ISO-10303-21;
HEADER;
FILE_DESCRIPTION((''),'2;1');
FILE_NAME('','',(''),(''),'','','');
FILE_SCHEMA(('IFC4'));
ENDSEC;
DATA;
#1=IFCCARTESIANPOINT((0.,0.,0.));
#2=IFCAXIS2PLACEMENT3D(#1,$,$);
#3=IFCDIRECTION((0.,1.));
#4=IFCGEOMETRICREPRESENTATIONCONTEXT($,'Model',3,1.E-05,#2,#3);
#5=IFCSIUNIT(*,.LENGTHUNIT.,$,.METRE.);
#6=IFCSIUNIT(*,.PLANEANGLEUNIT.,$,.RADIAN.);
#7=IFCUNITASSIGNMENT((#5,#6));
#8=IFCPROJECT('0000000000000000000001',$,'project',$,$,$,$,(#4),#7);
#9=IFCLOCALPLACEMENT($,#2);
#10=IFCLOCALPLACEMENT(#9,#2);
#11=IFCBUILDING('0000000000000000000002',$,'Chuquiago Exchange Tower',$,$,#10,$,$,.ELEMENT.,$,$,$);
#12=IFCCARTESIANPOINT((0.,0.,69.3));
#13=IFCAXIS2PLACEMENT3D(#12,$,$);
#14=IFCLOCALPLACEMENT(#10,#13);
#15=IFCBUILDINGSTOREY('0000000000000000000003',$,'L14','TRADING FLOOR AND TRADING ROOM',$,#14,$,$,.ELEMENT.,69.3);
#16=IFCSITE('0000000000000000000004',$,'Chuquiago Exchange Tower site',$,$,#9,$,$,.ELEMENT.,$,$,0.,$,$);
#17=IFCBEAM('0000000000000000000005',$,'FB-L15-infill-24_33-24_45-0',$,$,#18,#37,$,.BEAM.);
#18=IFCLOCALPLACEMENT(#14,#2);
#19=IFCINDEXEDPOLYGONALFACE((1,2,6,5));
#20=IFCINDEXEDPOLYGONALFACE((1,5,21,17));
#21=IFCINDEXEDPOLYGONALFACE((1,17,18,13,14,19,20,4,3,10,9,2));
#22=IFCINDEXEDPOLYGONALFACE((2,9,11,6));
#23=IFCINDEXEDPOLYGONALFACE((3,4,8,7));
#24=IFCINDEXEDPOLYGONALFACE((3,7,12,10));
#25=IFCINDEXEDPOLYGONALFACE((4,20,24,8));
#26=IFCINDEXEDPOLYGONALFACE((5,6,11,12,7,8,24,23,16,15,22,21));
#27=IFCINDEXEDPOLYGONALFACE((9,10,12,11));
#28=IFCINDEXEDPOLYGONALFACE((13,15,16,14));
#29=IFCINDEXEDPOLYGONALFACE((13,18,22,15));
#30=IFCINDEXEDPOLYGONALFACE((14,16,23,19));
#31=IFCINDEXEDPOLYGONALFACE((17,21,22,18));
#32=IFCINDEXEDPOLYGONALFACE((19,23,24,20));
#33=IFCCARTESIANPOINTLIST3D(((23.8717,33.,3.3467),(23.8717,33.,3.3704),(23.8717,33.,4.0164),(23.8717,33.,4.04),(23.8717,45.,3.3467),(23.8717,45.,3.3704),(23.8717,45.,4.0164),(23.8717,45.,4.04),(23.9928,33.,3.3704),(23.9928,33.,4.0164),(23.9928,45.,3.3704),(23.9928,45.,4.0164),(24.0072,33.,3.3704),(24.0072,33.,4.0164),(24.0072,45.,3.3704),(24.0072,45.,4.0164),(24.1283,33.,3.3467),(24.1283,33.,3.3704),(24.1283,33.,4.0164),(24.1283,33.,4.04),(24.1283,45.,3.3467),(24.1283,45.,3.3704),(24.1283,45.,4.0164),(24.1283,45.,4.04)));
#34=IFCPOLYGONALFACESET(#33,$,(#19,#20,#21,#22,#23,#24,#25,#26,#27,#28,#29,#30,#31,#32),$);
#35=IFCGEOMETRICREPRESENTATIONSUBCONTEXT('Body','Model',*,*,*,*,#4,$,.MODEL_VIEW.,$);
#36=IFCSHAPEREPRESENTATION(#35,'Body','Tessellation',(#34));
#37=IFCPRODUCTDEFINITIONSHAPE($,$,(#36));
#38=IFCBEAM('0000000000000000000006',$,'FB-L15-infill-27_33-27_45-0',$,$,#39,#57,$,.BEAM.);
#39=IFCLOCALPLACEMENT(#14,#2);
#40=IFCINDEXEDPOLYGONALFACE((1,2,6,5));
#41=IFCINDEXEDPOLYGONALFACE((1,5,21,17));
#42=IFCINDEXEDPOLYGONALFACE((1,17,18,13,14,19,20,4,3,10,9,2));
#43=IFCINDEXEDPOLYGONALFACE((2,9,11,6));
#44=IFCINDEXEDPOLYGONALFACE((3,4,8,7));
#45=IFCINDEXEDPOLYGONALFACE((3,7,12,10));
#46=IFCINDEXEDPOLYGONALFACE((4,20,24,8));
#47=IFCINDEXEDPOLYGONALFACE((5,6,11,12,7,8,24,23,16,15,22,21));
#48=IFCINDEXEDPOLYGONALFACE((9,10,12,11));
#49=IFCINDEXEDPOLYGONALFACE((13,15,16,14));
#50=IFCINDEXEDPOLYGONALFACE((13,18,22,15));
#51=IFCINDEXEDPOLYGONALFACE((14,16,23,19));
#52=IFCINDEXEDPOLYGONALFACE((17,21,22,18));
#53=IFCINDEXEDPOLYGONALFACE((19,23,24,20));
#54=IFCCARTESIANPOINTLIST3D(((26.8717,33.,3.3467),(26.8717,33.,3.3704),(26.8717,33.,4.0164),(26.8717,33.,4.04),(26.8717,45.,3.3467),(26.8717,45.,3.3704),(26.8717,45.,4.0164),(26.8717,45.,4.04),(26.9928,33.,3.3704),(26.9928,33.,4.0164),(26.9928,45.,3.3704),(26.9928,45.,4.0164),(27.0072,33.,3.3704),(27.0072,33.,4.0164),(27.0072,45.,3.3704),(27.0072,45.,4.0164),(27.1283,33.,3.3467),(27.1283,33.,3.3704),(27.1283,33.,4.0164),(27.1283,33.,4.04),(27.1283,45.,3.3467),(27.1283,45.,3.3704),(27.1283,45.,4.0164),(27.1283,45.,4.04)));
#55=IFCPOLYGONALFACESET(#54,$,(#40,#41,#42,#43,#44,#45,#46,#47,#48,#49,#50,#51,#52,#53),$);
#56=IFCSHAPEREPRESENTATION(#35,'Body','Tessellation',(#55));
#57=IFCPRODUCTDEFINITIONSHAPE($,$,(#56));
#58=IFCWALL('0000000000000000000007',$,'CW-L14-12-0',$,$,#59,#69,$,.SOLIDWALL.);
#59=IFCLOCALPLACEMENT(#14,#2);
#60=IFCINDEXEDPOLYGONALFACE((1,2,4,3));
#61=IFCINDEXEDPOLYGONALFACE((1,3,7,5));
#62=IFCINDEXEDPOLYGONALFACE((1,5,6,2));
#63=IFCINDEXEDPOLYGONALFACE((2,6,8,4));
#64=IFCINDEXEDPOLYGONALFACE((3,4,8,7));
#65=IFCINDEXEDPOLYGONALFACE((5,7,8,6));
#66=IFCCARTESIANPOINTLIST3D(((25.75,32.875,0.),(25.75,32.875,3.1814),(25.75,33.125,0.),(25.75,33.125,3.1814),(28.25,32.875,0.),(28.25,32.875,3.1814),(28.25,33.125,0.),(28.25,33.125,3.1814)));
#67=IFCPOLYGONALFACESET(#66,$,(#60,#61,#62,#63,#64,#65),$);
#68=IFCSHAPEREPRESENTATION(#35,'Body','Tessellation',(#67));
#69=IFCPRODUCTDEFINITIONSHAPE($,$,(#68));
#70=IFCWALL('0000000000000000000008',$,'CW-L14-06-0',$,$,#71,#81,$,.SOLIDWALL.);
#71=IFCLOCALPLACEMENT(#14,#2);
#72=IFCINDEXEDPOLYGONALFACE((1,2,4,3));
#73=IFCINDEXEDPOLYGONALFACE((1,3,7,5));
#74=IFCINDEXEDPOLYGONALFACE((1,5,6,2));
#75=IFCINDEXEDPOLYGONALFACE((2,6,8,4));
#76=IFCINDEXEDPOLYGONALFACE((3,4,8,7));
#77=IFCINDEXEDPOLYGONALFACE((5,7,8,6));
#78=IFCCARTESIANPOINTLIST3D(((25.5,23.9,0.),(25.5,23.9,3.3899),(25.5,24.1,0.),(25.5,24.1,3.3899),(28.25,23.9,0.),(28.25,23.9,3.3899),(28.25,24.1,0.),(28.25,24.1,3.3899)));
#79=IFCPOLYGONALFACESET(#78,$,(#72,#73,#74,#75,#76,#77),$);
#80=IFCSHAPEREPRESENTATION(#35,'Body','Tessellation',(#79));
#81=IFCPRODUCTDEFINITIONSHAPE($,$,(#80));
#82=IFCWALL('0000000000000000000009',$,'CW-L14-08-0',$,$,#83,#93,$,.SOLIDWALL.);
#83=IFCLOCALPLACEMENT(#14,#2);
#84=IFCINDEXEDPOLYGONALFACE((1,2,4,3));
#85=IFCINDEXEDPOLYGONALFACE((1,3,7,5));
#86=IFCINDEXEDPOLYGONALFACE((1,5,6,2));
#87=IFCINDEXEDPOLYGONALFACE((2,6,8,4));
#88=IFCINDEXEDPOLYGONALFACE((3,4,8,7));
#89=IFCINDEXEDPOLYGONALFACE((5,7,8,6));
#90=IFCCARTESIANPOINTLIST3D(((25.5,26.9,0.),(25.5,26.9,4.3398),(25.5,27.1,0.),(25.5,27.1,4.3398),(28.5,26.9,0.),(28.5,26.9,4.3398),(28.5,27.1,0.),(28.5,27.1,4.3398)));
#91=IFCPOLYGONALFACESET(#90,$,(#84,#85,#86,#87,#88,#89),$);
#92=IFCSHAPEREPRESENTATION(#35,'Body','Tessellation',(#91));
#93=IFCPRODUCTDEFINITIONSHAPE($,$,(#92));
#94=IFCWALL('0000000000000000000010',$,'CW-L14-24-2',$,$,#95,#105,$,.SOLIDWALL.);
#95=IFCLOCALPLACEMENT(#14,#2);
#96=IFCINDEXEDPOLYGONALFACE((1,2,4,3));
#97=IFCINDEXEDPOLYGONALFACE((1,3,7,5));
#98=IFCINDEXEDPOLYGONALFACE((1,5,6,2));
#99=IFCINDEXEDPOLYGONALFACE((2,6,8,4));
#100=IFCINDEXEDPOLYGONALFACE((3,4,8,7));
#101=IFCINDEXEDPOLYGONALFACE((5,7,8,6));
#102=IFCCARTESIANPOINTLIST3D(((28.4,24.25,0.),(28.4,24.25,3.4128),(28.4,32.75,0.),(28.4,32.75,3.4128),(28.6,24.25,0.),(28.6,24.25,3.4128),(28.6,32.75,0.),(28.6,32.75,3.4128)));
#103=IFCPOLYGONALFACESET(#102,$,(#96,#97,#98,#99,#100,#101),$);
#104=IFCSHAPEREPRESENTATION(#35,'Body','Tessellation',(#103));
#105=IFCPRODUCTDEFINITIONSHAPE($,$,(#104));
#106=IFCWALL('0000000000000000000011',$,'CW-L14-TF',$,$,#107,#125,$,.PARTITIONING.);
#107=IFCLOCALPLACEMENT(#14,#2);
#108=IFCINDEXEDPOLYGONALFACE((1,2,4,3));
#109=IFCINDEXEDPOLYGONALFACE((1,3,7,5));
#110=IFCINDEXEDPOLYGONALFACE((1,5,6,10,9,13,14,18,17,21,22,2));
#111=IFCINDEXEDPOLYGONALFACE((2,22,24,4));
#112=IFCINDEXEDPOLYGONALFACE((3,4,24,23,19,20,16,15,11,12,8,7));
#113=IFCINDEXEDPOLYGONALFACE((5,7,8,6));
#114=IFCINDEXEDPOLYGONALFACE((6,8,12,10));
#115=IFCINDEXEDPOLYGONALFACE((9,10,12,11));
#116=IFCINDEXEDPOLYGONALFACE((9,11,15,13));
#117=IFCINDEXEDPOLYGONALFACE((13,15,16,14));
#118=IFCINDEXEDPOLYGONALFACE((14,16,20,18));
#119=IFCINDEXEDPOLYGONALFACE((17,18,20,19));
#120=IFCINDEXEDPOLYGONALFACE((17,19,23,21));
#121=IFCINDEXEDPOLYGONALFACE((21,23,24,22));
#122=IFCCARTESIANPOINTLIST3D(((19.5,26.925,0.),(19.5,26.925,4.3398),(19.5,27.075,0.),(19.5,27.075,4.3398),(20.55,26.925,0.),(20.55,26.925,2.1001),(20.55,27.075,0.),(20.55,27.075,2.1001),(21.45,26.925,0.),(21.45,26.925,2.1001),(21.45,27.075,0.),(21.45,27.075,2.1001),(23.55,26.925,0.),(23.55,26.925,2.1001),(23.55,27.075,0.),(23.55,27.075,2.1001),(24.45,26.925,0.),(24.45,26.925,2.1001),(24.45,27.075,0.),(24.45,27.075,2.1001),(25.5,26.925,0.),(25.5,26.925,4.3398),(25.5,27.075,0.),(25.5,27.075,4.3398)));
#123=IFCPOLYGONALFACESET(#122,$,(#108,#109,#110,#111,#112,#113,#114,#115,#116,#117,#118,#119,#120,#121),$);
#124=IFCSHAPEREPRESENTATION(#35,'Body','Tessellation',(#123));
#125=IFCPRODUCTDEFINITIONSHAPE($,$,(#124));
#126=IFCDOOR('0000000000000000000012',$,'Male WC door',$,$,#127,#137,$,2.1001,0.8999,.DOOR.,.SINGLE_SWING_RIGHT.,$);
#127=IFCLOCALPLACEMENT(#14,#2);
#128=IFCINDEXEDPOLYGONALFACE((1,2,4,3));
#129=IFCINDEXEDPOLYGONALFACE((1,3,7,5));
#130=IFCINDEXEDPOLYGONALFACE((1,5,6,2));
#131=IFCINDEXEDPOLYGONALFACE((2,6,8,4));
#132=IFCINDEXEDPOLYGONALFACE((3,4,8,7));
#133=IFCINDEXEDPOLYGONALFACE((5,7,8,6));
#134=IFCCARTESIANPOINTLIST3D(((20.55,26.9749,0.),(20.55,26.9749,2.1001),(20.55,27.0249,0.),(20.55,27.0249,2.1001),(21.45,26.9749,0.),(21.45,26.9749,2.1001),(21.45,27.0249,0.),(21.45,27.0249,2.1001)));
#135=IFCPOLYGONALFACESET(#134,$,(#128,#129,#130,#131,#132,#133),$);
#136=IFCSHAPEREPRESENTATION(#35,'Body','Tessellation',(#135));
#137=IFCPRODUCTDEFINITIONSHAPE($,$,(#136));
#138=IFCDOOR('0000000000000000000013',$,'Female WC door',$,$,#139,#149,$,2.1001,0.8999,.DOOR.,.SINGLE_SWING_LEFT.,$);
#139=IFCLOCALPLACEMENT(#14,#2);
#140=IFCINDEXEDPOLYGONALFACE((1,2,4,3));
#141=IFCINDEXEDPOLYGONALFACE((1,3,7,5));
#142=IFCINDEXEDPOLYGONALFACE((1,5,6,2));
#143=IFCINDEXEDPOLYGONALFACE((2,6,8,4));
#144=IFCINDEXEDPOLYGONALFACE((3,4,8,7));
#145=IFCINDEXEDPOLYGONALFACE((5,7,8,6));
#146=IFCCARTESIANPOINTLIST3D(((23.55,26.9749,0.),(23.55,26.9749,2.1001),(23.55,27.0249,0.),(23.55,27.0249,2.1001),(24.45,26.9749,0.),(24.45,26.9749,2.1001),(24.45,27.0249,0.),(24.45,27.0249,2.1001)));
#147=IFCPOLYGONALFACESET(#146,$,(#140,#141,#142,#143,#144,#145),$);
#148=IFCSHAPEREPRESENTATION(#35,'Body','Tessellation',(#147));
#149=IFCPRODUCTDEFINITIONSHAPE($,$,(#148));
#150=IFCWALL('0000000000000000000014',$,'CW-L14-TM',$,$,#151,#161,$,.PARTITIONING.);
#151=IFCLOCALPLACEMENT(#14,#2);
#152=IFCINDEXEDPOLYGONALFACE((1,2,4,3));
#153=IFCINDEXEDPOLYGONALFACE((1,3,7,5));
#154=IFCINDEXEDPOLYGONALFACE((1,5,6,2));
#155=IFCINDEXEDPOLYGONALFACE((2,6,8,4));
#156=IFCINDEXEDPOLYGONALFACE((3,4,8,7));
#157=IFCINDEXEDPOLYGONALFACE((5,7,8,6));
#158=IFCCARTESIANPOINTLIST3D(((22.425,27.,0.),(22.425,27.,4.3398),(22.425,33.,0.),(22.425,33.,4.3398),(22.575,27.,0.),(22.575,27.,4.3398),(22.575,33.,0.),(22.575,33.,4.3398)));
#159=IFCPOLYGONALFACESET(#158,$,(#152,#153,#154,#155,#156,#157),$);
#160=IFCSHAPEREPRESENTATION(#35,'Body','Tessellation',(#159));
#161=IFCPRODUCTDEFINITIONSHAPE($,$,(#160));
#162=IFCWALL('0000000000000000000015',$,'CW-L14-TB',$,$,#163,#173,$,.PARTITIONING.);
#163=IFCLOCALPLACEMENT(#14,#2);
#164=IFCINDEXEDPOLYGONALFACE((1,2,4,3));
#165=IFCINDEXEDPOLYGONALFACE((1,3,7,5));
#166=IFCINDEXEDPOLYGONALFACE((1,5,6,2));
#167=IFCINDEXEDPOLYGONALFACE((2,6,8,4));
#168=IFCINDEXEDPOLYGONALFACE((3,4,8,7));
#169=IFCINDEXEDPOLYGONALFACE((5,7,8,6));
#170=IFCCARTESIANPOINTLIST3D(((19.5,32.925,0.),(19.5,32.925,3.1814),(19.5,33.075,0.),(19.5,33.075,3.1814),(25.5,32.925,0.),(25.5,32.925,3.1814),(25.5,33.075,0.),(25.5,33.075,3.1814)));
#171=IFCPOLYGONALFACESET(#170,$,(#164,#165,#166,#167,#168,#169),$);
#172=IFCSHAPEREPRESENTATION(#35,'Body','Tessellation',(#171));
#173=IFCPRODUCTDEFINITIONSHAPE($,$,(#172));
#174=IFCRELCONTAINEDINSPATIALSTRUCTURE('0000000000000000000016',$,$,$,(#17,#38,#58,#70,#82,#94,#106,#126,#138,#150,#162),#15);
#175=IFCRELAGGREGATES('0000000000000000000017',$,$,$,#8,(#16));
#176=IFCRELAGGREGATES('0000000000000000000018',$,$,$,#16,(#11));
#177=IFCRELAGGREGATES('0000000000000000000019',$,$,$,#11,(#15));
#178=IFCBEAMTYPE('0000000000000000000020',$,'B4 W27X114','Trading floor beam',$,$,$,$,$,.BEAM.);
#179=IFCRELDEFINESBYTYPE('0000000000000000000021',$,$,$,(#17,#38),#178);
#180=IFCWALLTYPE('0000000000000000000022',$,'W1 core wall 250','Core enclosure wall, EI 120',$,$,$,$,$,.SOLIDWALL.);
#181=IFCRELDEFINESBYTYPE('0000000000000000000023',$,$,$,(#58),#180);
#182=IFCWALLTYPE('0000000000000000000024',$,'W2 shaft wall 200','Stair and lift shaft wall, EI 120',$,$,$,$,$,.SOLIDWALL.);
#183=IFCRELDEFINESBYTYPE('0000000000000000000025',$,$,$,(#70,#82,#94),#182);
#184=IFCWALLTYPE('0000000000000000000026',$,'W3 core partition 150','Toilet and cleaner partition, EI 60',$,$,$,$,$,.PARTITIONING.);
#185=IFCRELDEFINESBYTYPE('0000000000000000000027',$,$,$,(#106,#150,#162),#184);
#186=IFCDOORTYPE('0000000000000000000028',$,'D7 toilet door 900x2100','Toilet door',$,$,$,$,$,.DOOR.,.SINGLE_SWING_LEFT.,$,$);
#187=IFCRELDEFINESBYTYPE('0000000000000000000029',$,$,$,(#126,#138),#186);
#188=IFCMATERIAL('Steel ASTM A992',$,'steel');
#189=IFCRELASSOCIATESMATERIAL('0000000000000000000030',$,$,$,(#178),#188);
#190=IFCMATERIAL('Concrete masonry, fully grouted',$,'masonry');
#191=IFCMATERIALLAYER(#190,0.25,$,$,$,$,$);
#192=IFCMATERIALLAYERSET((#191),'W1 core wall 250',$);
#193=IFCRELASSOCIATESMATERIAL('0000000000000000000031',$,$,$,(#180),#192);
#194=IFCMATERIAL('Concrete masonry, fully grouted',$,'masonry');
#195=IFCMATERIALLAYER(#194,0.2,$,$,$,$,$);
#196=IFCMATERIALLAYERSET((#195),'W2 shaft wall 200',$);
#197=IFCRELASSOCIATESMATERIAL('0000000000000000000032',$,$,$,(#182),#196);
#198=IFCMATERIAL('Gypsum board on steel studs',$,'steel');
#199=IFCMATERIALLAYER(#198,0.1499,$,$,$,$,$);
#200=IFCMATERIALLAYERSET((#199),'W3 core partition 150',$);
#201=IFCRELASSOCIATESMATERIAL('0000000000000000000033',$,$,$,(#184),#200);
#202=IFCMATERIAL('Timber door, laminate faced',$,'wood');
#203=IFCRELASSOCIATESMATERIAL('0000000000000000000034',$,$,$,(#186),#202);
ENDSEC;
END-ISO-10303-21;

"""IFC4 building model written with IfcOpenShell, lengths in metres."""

from ifc_helpers import new_model, si_unit, direction, frame, frame_2d, origin, origin_2d, place, context, subcontext, project, spatial, rectangle, i_section, extrude, material, layer, layer_set, material_profile, profile_set, type_object, element, fill, save


model = new_model("IFC4")

# Units and contexts
model_context = context("Model", 3, precision=1e-05, world=origin(), true_north=direction((0.0, 1.0)))
body_context = subcontext(model_context, "Body", "Model", "MODEL_VIEW")
ifc_project = project(units=[si_unit("LENGTHUNIT", "METRE"), si_unit("PLANEANGLEUNIT", "RADIAN")], contexts=[model_context])

# Site, building, storey
site_placement = place(None, origin())
site = spatial("IfcSite", under=ifc_project, at=site_placement, Name="Chuquiago Exchange Tower site", CompositionType="ELEMENT", RefElevation=0.0)
building_placement = place(site_placement, origin())
building = spatial("IfcBuilding", under=site, at=building_placement, Name="Chuquiago Exchange Tower", CompositionType="ELEMENT")
storey_placement = place(building_placement, frame((0.0, 0.0, 69.3)))
storey = spatial("IfcBuildingStorey", under=building, at=storey_placement, Name="L14", Description="TRADING FLOOR AND TRADING ROOM", CompositionType="ELEMENT", Elevation=69.3)

# Beams
ifc_material_1 = material(Name="Steel ASTM A992", Category="steel")
ifc_material_profile_1 = material_profile(ifc_material_1, i_section(OverallWidth=0.2566, OverallDepth=0.6934, WebThickness=0.0144, FlangeThickness=0.0237, at=origin_2d()), Name="W27X114")
ifc_profile_set_1 = profile_set([ifc_material_profile_1], Name="Steel ASTM A992")
beam_type_1 = type_object("IfcBeamType", Name="B4 W27X114", Description="Trading floor beam", PredefinedType="BEAM", material=ifc_profile_set_1)
for number, where, z_axis, x_axis, name in (
    (1, (24.0, 33.0, 3.6934), (0.0, 1.0, 0.0), (-1.0, 0.0, 0.0), "FB-L15-infill-24_33-24_45-0"),
    (2, (27.0, 33.0, 3.6934), (0.0, 1.0, 0.0), (-1.0, 0.0, 0.0), "FB-L15-infill-27_33-27_45-0"),
):
    element("IfcBeam", number, at=place(storey_placement, frame(where, z_axis=z_axis, x_axis=x_axis)), inside=storey, type_object=beam_type_1, Name=name, PredefinedType="BEAM", context=body_context, shape_type="SweptSolid", body=[
        extrude(i_section(OverallWidth=0.2566, OverallDepth=0.6934, WebThickness=0.0144, FlangeThickness=0.0237, at=origin_2d()), origin(), (0.0, 0.0, 1.0), 12.0),
    ])

# Walls
ifc_material_2 = material(Name="Concrete masonry, fully grouted", Category="masonry")
ifc_layer_1 = layer(ifc_material_2, 0.25)
ifc_layer_set_1 = layer_set([ifc_layer_1], Name="W1 core wall 250")
wall_type_1 = type_object("IfcWallType", Name="W1 core wall 250", Description="Core enclosure wall, EI 120", PredefinedType="SOLIDWALL", material=ifc_layer_set_1)
wall_1_placement = place(storey_placement, frame((25.75, 33.0, 0.0), z_axis=(0.0, 0.0, 1.0), x_axis=(1.0, 0.0, 0.0)))
element("IfcWall", 3, at=wall_1_placement, inside=storey, type_object=wall_type_1, Name="CW-L14-12-0", PredefinedType="SOLIDWALL", context=body_context, shape_type="SweptSolid", body=[
    extrude(rectangle(XDim=2.5, YDim=0.25, at=frame_2d((1.25, 0.0))), origin(), (0.0, 0.0, 1.0), 3.1814),
])
ifc_material_3 = material(Name="Concrete masonry, fully grouted", Category="masonry")
ifc_layer_2 = layer(ifc_material_3, 0.2)
ifc_layer_set_2 = layer_set([ifc_layer_2], Name="W2 shaft wall 200")
wall_type_2 = type_object("IfcWallType", Name="W2 shaft wall 200", Description="Stair and lift shaft wall, EI 120", PredefinedType="SOLIDWALL", material=ifc_layer_set_2)
wall_2_placement = place(storey_placement, frame((25.5, 24.0, 0.0), z_axis=(0.0, 0.0, 1.0), x_axis=(1.0, 0.0, 0.0)))
element("IfcWall", 4, at=wall_2_placement, inside=storey, type_object=wall_type_2, Name="CW-L14-06-0", PredefinedType="SOLIDWALL", context=body_context, shape_type="SweptSolid", body=[
    extrude(rectangle(XDim=2.75, YDim=0.2, at=frame_2d((1.375, 0.0))), origin(), (0.0, 0.0, 1.0), 3.3899),
])
wall_3_placement = place(storey_placement, frame((25.5, 27.0, 0.0), z_axis=(0.0, 0.0, 1.0), x_axis=(1.0, 0.0, 0.0)))
element("IfcWall", 5, at=wall_3_placement, inside=storey, type_object=wall_type_2, Name="CW-L14-08-0", PredefinedType="SOLIDWALL", context=body_context, shape_type="SweptSolid", body=[
    extrude(rectangle(XDim=3.0, YDim=0.2, at=frame_2d((1.5, 0.0))), origin(), (0.0, 0.0, 1.0), 4.3398),
])
wall_4_placement = place(storey_placement, frame((28.5, 24.25, 0.0), z_axis=(0.0, 0.0, 1.0), x_axis=(0.0, 1.0, 0.0)))
element("IfcWall", 6, at=wall_4_placement, inside=storey, type_object=wall_type_2, Name="CW-L14-24-2", PredefinedType="SOLIDWALL", context=body_context, shape_type="SweptSolid", body=[
    extrude(rectangle(XDim=8.5, YDim=0.2, at=frame_2d((4.25, 0.0))), origin(), (0.0, 0.0, 1.0), 3.4128),
])

# Wall, openings, doors
ifc_material_4 = material(Name="Gypsum board on steel studs", Category="steel")
ifc_layer_3 = layer(ifc_material_4, 0.1499)
ifc_layer_set_3 = layer_set([ifc_layer_3], Name="W3 core partition 150")
wall_type_3 = type_object("IfcWallType", Name="W3 core partition 150", Description="Toilet and cleaner partition, EI 60", PredefinedType="PARTITIONING", material=ifc_layer_set_3)
wall_5_placement = place(storey_placement, frame((19.5, 27.0, 0.0), z_axis=(0.0, 0.0, 1.0), x_axis=(1.0, 0.0, 0.0)))
wall_5 = element("IfcWall", 7, at=wall_5_placement, inside=storey, type_object=wall_type_3, Name="CW-L14-TF", PredefinedType="PARTITIONING", context=body_context, shape_type="SweptSolid", body=[
    extrude(rectangle(XDim=6.0, YDim=0.1499, at=frame_2d((3.0, 0.0))), origin(), (0.0, 0.0, 1.0), 4.3398),
])
opening_1_placement = place(wall_5_placement, frame((1.05, 0.0, 0.0)))
opening_1 = element("IfcOpeningElement", 8, at=opening_1_placement, cuts=wall_5, PredefinedType="OPENING", context=body_context, shape_type="SweptSolid", body=[
    extrude(rectangle(XDim=0.8999, YDim=2.1001, at=frame_2d((0.45, 1.05))), frame((0.0, 0.085, 0.0), z_axis=(0.0, -1.0, 0.0), x_axis=(1.0, 0.0, 0.0)), (0.0, 0.0, 1.0), 0.1699),
])
opening_2_placement = place(wall_5_placement, frame((4.05, 0.0, 0.0)))
opening_2 = element("IfcOpeningElement", 9, at=opening_2_placement, cuts=wall_5, PredefinedType="OPENING", context=body_context, shape_type="SweptSolid", body=[
    extrude(rectangle(XDim=0.8999, YDim=2.1001, at=frame_2d((0.45, 1.05))), frame((0.0, 0.085, 0.0), z_axis=(0.0, -1.0, 0.0), x_axis=(1.0, 0.0, 0.0)), (0.0, 0.0, 1.0), 0.1699),
])
ifc_material_5 = material(Name="Timber door, laminate faced", Category="wood")
door_type = type_object("IfcDoorType", Name="D7 toilet door 900x2100", Description="Toilet door", OperationType="SINGLE_SWING_LEFT", PredefinedType="DOOR", material=ifc_material_5)
door_1_placement = place(opening_1_placement, origin())
door_1 = element("IfcDoor", 10, at=door_1_placement, inside=storey, type_object=door_type, Name="Male WC door", OperationType="SINGLE_SWING_RIGHT", OverallHeight=2.1001, OverallWidth=0.8999, PredefinedType="DOOR", context=body_context, shape_type="SweptSolid", body=[
    extrude(rectangle(XDim=0.8999, YDim=2.1001, at=frame_2d((0.45, 1.05))), frame((0.0, 0.0249, 0.0), z_axis=(0.0, -1.0, 0.0), x_axis=(1.0, 0.0, 0.0)), (0.0, 0.0, 1.0), 0.05),
])
fill(opening_1, door_1)
door_2_placement = place(opening_2_placement, origin())
door_2 = element("IfcDoor", 11, at=door_2_placement, inside=storey, type_object=door_type, Name="Female WC door", OperationType="SINGLE_SWING_LEFT", OverallHeight=2.1001, OverallWidth=0.8999, PredefinedType="DOOR", context=body_context, shape_type="SweptSolid", body=[
    extrude(rectangle(XDim=0.8999, YDim=2.1001, at=frame_2d((0.45, 1.05))), frame((0.0, 0.0249, 0.0), z_axis=(0.0, -1.0, 0.0), x_axis=(1.0, 0.0, 0.0)), (0.0, 0.0, 1.0), 0.05),
])
fill(opening_2, door_2)

# Walls
wall_6_placement = place(storey_placement, frame((22.5, 27.0, 0.0), z_axis=(0.0, 0.0, 1.0), x_axis=(0.0, 1.0, 0.0)))
element("IfcWall", 12, at=wall_6_placement, inside=storey, type_object=wall_type_3, Name="CW-L14-TM", PredefinedType="PARTITIONING", context=body_context, shape_type="SweptSolid", body=[
    extrude(rectangle(XDim=6.0, YDim=0.1499, at=frame_2d((3.0, 0.0))), origin(), (0.0, 0.0, 1.0), 4.3398),
])
wall_7_placement = place(storey_placement, frame((19.5, 33.0, 0.0), z_axis=(0.0, 0.0, 1.0), x_axis=(1.0, 0.0, 0.0)))
element("IfcWall", 13, at=wall_7_placement, inside=storey, type_object=wall_type_3, Name="CW-L14-TB", PredefinedType="PARTITIONING", context=body_context, shape_type="SweptSolid", body=[
    extrude(rectangle(XDim=6.0, YDim=0.1499, at=frame_2d((3.0, 0.0))), origin(), (0.0, 0.0, 1.0), 3.1814),
])

save(model, "model.ifc")
